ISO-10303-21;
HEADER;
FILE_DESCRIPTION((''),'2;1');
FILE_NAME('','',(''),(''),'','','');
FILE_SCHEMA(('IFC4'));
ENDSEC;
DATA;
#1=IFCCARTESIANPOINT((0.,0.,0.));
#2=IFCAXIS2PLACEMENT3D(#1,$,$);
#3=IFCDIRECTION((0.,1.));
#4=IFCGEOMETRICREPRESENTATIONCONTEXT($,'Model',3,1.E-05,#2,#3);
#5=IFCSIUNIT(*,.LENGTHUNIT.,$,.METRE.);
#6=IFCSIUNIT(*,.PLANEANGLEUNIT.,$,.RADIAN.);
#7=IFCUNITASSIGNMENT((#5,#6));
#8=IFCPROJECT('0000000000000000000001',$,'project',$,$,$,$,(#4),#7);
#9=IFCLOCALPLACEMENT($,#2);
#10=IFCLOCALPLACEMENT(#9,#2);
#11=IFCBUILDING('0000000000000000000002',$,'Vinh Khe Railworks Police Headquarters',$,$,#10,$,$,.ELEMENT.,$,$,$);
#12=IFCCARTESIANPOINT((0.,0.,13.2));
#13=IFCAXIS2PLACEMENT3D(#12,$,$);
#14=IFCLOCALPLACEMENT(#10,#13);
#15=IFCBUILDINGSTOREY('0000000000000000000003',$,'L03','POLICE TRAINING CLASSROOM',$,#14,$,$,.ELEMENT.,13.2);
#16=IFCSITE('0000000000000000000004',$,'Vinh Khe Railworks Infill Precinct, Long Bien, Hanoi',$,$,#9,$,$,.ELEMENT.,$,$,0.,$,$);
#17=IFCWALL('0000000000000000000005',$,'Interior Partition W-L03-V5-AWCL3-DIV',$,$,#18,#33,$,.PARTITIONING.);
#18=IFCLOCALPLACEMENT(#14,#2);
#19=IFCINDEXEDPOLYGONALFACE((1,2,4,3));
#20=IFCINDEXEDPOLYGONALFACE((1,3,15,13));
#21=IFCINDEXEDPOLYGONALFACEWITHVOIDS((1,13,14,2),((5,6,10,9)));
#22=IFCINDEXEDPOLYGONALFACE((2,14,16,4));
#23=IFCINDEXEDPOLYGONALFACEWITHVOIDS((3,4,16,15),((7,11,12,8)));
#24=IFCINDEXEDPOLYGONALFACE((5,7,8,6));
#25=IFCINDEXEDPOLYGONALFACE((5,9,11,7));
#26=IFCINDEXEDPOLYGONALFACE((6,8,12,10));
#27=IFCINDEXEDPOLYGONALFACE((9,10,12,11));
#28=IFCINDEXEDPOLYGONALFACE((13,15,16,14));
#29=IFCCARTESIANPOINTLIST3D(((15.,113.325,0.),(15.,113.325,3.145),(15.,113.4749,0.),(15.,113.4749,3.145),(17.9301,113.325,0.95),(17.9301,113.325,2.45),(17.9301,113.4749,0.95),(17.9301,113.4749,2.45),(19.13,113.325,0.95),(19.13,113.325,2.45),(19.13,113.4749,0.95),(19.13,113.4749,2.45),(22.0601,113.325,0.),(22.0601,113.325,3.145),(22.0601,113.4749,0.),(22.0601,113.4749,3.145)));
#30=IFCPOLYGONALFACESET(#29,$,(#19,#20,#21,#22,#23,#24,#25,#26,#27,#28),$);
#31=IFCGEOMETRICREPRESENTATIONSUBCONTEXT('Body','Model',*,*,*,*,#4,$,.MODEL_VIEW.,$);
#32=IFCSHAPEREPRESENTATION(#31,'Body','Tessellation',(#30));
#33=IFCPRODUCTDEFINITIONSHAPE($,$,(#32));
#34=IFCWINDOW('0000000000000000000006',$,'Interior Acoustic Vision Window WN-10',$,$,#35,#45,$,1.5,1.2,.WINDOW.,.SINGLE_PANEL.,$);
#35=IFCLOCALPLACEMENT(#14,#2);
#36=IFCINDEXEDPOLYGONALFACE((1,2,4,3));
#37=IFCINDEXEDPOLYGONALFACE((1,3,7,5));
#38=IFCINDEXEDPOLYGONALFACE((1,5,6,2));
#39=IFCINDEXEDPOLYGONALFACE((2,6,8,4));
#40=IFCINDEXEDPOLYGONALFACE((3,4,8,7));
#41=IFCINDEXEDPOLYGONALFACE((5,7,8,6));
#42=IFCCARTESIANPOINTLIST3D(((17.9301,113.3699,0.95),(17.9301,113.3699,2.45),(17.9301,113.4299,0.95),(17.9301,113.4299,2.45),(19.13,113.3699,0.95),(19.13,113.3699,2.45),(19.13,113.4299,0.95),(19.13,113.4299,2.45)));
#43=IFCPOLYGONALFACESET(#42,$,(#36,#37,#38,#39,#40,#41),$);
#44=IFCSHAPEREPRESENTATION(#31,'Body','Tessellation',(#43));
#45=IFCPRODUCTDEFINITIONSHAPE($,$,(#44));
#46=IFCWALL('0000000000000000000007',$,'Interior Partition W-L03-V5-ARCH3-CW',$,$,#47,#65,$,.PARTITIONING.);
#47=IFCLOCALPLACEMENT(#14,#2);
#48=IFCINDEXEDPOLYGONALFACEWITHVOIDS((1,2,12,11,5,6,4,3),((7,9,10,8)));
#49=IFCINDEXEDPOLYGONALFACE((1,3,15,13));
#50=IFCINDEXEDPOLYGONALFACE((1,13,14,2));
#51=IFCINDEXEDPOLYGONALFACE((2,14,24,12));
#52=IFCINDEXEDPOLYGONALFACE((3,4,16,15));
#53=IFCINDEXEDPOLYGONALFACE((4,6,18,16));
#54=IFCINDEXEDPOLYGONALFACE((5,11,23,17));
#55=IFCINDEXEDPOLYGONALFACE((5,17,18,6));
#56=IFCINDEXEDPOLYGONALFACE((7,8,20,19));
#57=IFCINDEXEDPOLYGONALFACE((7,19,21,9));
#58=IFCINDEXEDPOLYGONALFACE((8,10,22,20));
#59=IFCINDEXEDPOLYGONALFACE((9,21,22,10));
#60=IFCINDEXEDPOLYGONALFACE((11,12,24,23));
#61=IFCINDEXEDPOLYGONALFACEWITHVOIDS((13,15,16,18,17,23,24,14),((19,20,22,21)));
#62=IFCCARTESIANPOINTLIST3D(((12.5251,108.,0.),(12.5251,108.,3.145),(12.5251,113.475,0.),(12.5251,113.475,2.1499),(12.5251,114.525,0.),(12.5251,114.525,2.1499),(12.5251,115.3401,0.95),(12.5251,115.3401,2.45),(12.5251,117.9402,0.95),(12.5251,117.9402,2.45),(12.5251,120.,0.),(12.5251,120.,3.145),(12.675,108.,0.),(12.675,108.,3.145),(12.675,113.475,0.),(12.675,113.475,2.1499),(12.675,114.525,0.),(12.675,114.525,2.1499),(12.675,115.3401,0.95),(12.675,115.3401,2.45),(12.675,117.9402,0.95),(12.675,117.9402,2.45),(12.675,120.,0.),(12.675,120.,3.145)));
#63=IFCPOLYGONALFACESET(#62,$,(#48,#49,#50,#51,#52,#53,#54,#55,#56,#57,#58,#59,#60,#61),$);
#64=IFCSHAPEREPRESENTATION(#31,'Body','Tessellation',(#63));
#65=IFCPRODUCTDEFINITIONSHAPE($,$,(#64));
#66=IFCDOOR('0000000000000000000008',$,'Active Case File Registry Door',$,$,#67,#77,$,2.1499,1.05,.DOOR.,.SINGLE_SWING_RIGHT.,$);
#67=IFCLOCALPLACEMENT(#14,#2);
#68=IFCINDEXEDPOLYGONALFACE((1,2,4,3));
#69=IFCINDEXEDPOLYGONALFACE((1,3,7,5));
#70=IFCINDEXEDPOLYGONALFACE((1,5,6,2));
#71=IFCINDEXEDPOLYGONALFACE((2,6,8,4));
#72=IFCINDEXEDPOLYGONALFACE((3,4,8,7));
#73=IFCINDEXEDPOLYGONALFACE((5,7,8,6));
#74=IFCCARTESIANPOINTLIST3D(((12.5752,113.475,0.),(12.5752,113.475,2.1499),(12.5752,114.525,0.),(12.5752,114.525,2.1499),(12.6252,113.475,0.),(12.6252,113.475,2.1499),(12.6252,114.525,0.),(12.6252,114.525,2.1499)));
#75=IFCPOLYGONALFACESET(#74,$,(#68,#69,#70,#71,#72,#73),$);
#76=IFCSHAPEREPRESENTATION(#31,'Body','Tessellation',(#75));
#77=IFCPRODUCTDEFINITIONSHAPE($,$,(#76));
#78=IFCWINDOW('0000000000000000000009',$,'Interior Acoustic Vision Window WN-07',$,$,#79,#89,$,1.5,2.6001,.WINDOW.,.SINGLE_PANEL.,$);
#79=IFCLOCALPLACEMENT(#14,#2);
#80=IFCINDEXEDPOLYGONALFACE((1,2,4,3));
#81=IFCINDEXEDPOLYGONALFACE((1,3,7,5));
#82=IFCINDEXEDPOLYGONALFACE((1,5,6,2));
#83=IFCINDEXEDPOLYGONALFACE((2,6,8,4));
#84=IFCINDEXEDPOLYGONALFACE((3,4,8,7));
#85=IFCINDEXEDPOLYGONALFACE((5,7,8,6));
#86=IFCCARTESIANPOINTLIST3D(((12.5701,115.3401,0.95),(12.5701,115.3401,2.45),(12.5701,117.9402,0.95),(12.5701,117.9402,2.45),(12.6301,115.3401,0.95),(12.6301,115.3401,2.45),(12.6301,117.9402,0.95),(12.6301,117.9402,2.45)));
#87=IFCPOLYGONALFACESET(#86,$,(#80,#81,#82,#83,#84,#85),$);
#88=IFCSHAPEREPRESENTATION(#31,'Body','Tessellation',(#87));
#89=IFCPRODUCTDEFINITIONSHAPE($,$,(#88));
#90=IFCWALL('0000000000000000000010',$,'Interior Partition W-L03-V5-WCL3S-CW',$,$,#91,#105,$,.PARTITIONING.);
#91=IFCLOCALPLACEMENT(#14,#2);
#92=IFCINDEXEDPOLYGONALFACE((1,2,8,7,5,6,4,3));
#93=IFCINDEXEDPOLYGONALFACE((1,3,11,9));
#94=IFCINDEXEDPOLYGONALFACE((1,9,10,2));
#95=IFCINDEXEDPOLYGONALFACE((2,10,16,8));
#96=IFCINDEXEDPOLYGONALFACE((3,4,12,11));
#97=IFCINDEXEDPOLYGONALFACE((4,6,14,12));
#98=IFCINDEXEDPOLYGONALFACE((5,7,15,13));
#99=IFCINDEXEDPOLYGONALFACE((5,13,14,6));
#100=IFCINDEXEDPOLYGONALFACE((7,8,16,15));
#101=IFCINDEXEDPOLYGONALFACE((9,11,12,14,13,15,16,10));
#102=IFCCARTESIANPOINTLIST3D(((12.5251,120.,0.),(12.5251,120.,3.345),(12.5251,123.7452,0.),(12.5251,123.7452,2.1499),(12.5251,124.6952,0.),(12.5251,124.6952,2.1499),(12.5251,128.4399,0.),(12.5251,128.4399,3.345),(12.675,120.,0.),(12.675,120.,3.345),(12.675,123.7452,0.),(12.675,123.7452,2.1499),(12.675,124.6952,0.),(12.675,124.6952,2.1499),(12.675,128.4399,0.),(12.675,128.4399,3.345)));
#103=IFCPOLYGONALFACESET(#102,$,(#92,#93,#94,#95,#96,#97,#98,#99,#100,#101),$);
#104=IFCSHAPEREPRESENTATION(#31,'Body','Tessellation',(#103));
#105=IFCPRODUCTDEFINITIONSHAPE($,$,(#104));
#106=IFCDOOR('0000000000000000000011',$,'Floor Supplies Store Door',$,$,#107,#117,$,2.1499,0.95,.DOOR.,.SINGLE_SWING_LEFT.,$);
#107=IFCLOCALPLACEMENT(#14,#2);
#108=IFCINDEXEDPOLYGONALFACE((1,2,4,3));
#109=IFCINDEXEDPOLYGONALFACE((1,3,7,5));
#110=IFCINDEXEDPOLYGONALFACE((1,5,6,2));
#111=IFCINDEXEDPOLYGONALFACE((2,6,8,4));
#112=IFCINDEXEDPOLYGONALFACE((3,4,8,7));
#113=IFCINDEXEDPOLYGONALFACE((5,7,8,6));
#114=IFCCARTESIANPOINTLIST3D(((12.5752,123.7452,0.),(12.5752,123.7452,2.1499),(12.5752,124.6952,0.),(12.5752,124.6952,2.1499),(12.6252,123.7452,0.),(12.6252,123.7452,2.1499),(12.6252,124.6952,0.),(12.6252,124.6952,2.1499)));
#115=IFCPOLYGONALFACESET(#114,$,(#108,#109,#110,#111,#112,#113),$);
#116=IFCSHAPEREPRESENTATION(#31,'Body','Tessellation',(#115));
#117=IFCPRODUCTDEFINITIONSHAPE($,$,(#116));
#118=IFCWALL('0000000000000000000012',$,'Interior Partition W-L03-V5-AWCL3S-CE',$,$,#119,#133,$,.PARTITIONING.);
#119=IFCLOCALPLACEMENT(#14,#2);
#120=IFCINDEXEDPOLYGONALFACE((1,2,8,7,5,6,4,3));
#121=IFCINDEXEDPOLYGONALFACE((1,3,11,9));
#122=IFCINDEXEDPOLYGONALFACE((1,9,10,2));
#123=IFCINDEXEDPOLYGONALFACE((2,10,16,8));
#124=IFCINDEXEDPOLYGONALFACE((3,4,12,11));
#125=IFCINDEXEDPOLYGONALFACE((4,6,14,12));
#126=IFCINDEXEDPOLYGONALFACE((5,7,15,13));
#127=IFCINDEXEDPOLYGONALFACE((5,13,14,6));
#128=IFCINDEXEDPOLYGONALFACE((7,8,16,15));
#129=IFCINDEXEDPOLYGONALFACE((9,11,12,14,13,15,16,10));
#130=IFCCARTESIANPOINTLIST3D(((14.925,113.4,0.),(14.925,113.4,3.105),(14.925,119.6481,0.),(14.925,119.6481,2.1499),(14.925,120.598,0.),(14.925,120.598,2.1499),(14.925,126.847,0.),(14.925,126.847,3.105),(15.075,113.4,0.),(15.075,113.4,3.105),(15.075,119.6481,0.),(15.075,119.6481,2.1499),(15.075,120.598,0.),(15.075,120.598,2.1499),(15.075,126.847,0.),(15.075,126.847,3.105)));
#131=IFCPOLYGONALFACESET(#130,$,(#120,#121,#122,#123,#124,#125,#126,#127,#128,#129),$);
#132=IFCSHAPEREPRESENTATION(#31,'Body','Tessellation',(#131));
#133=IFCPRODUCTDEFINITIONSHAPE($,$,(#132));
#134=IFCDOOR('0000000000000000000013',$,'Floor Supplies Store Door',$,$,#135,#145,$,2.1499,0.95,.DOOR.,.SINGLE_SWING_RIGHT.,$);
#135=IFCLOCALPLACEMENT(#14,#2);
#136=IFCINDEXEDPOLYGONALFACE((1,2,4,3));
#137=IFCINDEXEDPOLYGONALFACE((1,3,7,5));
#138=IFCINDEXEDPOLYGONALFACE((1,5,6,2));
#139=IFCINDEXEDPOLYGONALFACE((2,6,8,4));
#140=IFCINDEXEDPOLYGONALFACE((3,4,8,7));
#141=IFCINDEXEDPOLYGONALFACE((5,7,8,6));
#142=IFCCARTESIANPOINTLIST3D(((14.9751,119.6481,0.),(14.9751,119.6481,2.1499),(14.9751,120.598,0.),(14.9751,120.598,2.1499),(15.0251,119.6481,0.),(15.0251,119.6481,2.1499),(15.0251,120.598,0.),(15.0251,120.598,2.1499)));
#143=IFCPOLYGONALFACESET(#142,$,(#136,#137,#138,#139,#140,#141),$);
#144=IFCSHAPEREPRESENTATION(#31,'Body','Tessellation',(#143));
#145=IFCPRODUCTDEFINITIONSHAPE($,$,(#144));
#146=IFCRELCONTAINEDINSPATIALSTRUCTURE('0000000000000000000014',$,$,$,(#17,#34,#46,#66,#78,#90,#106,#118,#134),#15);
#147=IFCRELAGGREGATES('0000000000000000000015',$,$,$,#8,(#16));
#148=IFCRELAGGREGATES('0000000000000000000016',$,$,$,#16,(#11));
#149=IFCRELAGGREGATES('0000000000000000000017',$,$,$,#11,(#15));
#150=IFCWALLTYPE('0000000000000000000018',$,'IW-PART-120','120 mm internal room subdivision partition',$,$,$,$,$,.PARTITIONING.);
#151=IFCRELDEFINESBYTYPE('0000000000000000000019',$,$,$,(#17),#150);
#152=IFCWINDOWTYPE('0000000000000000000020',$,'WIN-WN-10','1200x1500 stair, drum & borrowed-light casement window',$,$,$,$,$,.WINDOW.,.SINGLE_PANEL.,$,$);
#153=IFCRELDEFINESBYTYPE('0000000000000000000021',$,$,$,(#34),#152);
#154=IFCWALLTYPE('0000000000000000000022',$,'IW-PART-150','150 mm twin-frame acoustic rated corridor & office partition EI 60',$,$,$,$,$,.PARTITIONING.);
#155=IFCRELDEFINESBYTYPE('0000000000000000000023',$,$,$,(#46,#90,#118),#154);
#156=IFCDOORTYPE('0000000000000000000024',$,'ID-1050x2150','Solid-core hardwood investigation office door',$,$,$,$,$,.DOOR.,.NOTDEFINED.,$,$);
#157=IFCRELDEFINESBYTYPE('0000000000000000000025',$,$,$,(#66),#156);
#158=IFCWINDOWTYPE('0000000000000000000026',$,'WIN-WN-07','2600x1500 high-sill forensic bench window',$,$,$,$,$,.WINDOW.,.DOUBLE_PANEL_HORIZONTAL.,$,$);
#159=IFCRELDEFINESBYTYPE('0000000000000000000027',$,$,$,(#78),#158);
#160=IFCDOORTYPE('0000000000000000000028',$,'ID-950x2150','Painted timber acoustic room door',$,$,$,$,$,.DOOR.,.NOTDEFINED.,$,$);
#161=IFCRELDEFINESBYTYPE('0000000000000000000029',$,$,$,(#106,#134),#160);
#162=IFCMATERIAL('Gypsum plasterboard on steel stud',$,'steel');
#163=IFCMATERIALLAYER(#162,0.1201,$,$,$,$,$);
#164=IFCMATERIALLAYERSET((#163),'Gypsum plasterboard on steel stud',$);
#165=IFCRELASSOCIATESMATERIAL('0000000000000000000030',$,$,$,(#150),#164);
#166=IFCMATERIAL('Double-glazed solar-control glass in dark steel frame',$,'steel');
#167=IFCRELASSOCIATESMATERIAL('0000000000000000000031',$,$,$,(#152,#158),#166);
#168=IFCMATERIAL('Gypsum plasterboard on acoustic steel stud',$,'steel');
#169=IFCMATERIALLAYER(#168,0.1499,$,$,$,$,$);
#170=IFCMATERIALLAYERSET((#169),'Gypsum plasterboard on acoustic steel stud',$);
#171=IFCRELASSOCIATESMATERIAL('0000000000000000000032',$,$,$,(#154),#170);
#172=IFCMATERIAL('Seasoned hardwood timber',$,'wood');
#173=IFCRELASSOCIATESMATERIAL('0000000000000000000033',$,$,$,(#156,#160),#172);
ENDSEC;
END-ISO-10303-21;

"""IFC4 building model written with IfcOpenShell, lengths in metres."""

from ifc_helpers import new_model, si_unit, direction, frame, frame_2d, origin, place, context, subcontext, project, spatial, rectangle, extrude, material, layer, layer_set, type_object, element, fill, save


model = new_model("IFC4")

# Units and contexts
model_context = context("Model", 3, precision=1e-05, world=origin(), true_north=direction((0.0, 1.0)))
body_context = subcontext(model_context, "Body", "Model", "MODEL_VIEW")
ifc_project = project(units=[si_unit("LENGTHUNIT", "METRE"), si_unit("PLANEANGLEUNIT", "RADIAN")], contexts=[model_context])

# Site, building, storey
site_placement = place(None, origin())
site = spatial("IfcSite", under=ifc_project, at=site_placement, Name="Vinh Khe Railworks Infill Precinct, Long Bien, Hanoi", CompositionType="ELEMENT", RefElevation=0.0)
building_placement = place(site_placement, origin())
building = spatial("IfcBuilding", under=site, at=building_placement, Name="Vinh Khe Railworks Police Headquarters", CompositionType="ELEMENT")
storey_placement = place(building_placement, frame((0.0, 0.0, 13.2)))
storey = spatial("IfcBuildingStorey", under=building, at=storey_placement, Name="L03", Description="POLICE TRAINING CLASSROOM", CompositionType="ELEMENT", Elevation=13.2)

# Wall, opening, window
ifc_material_1 = material(Name="Gypsum plasterboard on steel stud", Category="steel")
ifc_layer_1 = layer(ifc_material_1, 0.1201)
ifc_layer_set_1 = layer_set([ifc_layer_1], Name="Gypsum plasterboard on steel stud")
wall_type_1 = type_object("IfcWallType", Name="IW-PART-120", Description="120 mm internal room subdivision partition", PredefinedType="PARTITIONING", material=ifc_layer_set_1)
ifc_material_2 = material(Name="Double-glazed solar-control glass in dark steel frame", Category="steel")
window_type_1 = type_object("IfcWindowType", Name="WIN-WN-10", Description="1200x1500 stair, drum & borrowed-light casement window", PartitioningType="SINGLE_PANEL", PredefinedType="WINDOW", material=ifc_material_2)
wall_1_placement = place(storey_placement, frame((15.0, 113.3999, 0.0), z_axis=(0.0, 0.0, 1.0), x_axis=(1.0, 0.0, 0.0)))
wall_1 = element("IfcWall", 1, at=wall_1_placement, inside=storey, type_object=wall_type_1, Name="Interior Partition W-L03-V5-AWCL3-DIV", PredefinedType="PARTITIONING", context=body_context, shape_type="SweptSolid", body=[
    extrude(rectangle(XDim=7.0601, YDim=0.1499, at=frame_2d((3.53, 0.0))), origin(), (0.0, 0.0, 1.0), 3.145),
])
opening_1_placement = place(wall_1_placement, frame((2.9299, 0.0, 0.95)))
opening_1 = element("IfcOpeningElement", 2, at=opening_1_placement, cuts=wall_1, PredefinedType="OPENING", context=body_context, shape_type="SweptSolid", body=[
    extrude(rectangle(XDim=1.2, YDim=1.5, at=frame_2d((0.6001, 0.75))), frame((0.0, 0.0898, 0.0), z_axis=(0.0, -1.0, 0.0), x_axis=(1.0, 0.0, 0.0)), (0.0, 0.0, 1.0), 0.1797),
])
window_1_placement = place(opening_1_placement, origin())
window_1 = element("IfcWindow", 3, at=window_1_placement, inside=storey, type_object=window_type_1, Name="Interior Acoustic Vision Window WN-10", OverallHeight=1.5, OverallWidth=1.2, PartitioningType="SINGLE_PANEL", PredefinedType="WINDOW", context=body_context, shape_type="SweptSolid", body=[
    extrude(rectangle(XDim=1.2, YDim=1.5, at=frame_2d((0.6001, 0.75))), frame((0.0, 0.03, 0.0), z_axis=(0.0, -1.0, 0.0), x_axis=(1.0, 0.0, 0.0)), (0.0, 0.0, 1.0), 0.0601),
])
fill(opening_1, window_1)

# Wall, openings, door, window
ifc_material_3 = material(Name="Gypsum plasterboard on acoustic steel stud", Category="steel")
ifc_layer_2 = layer(ifc_material_3, 0.1499)
ifc_layer_set_2 = layer_set([ifc_layer_2], Name="Gypsum plasterboard on acoustic steel stud")
wall_type_2 = type_object("IfcWallType", Name="IW-PART-150", Description="150 mm twin-frame acoustic rated corridor & office partition EI 60", PredefinedType="PARTITIONING", material=ifc_layer_set_2)
wall_2_placement = place(storey_placement, frame((12.6001, 108.0, 0.0), z_axis=(0.0, 0.0, 1.0), x_axis=(0.0, 1.0, 0.0)))
wall_2 = element("IfcWall", 4, at=wall_2_placement, inside=storey, type_object=wall_type_2, Name="Interior Partition W-L03-V5-ARCH3-CW", PredefinedType="PARTITIONING", context=body_context, shape_type="SweptSolid", body=[
    extrude(rectangle(XDim=12.0, YDim=0.1499, at=frame_2d((6.0, 0.0))), origin(), (0.0, 0.0, 1.0), 3.145),
])
opening_2_placement = place(wall_2_placement, frame((5.4751, 0.0, 0.0)))
opening_2 = element("IfcOpeningElement", 5, at=opening_2_placement, cuts=wall_2, PredefinedType="OPENING", context=body_context, shape_type="SweptSolid", body=[
    extrude(rectangle(XDim=1.05, YDim=2.1499, at=frame_2d((0.5249, 1.075))), frame((0.0, 0.0898, 0.0), z_axis=(0.0, -1.0, 0.0), x_axis=(1.0, 0.0, 0.0)), (0.0, 0.0, 1.0), 0.1797),
])
opening_3_placement = place(wall_2_placement, frame((7.3401, 0.0, 0.95)))
opening_3 = element("IfcOpeningElement", 6, at=opening_3_placement, cuts=wall_2, PredefinedType="OPENING", context=body_context, shape_type="SweptSolid", body=[
    extrude(rectangle(XDim=2.6001, YDim=1.5, at=frame_2d((1.3, 0.75))), frame((0.0, 0.0898, 0.0), z_axis=(0.0, -1.0, 0.0), x_axis=(1.0, 0.0, 0.0)), (0.0, 0.0, 1.0), 0.1797),
])
ifc_material_4 = material(Name="Seasoned hardwood timber", Category="wood")
door_type_1 = type_object("IfcDoorType", Name="ID-1050x2150", Description="Solid-core hardwood investigation office door", OperationType="NOTDEFINED", PredefinedType="DOOR", material=ifc_material_4)
door_1_placement = place(opening_2_placement, origin())
door_1 = element("IfcDoor", 7, at=door_1_placement, inside=storey, type_object=door_type_1, Name="Active Case File Registry Door", OperationType="SINGLE_SWING_RIGHT", OverallHeight=2.1499, OverallWidth=1.05, PredefinedType="DOOR", context=body_context, shape_type="SweptSolid", body=[
    extrude(rectangle(XDim=1.05, YDim=2.1499, at=frame_2d((0.5249, 1.075))), frame((0.0, 0.0249, 0.0), z_axis=(0.0, -1.0, 0.0), x_axis=(1.0, 0.0, 0.0)), (0.0, 0.0, 1.0), 0.05),
])
fill(opening_2, door_1)
window_type_2 = type_object("IfcWindowType", Name="WIN-WN-07", Description="2600x1500 high-sill forensic bench window", PartitioningType="DOUBLE_PANEL_HORIZONTAL", PredefinedType="WINDOW", material=ifc_material_2)
window_2_placement = place(opening_3_placement, origin())
window_2 = element("IfcWindow", 8, at=window_2_placement, inside=storey, type_object=window_type_2, Name="Interior Acoustic Vision Window WN-07", OverallHeight=1.5, OverallWidth=2.6001, PartitioningType="SINGLE_PANEL", PredefinedType="WINDOW", context=body_context, shape_type="SweptSolid", body=[
    extrude(rectangle(XDim=2.6001, YDim=1.5, at=frame_2d((1.3, 0.75))), frame((0.0, 0.03, 0.0), z_axis=(0.0, -1.0, 0.0), x_axis=(1.0, 0.0, 0.0)), (0.0, 0.0, 1.0), 0.0601),
])
fill(opening_3, window_2)

# Walls, openings, doors
wall_3_placement = place(storey_placement, frame((12.6001, 120.0, 0.0), z_axis=(0.0, 0.0, 1.0), x_axis=(0.0, 1.0, 0.0)))
wall_3 = element("IfcWall", 9, at=wall_3_placement, inside=storey, type_object=wall_type_2, Name="Interior Partition W-L03-V5-WCL3S-CW", PredefinedType="PARTITIONING", context=body_context, shape_type="SweptSolid", body=[
    extrude(rectangle(XDim=8.4399, YDim=0.1499, at=frame_2d((4.22, 0.0))), origin(), (0.0, 0.0, 1.0), 3.345),
])
opening_4_placement = place(wall_3_placement, frame((3.7451, 0.0, 0.0)))
opening_4 = element("IfcOpeningElement", 10, at=opening_4_placement, cuts=wall_3, PredefinedType="OPENING", context=body_context, shape_type="SweptSolid", body=[
    extrude(rectangle(XDim=0.95, YDim=2.1499, at=frame_2d((0.4751, 1.075))), frame((0.0, 0.0898, 0.0), z_axis=(0.0, -1.0, 0.0), x_axis=(1.0, 0.0, 0.0)), (0.0, 0.0, 1.0), 0.1797),
])
door_type_2 = type_object("IfcDoorType", Name="ID-950x2150", Description="Painted timber acoustic room door", OperationType="NOTDEFINED", PredefinedType="DOOR", material=ifc_material_4)
door_2_placement = place(opening_4_placement, origin())
door_2 = element("IfcDoor", 11, at=door_2_placement, inside=storey, type_object=door_type_2, Name="Floor Supplies Store Door", OperationType="SINGLE_SWING_LEFT", OverallHeight=2.1499, OverallWidth=0.95, PredefinedType="DOOR", context=body_context, shape_type="SweptSolid", body=[
    extrude(rectangle(XDim=0.95, YDim=2.1499, at=frame_2d((0.4751, 1.075))), frame((0.0, 0.0249, 0.0), z_axis=(0.0, -1.0, 0.0), x_axis=(1.0, 0.0, 0.0)), (0.0, 0.0, 1.0), 0.05),
])
fill(opening_4, door_2)
wall_4_placement = place(storey_placement, frame((15.0, 113.3999, 0.0), z_axis=(0.0, 0.0, 1.0), x_axis=(0.0, 1.0, 0.0)))
wall_4 = element("IfcWall", 12, at=wall_4_placement, inside=storey, type_object=wall_type_2, Name="Interior Partition W-L03-V5-AWCL3S-CE", PredefinedType="PARTITIONING", context=body_context, shape_type="SweptSolid", body=[
    extrude(rectangle(XDim=13.447, YDim=0.1499, at=frame_2d((6.7236, 0.0))), origin(), (0.0, 0.0, 1.0), 3.105),
])
opening_5_placement = place(wall_4_placement, frame((6.248, 0.0, 0.0)))
opening_5 = element("IfcOpeningElement", 13, at=opening_5_placement, cuts=wall_4, PredefinedType="OPENING", context=body_context, shape_type="SweptSolid", body=[
    extrude(rectangle(XDim=0.95, YDim=2.1499, at=frame_2d((0.4751, 1.075))), frame((0.0, 0.0898, 0.0), z_axis=(0.0, -1.0, 0.0), x_axis=(1.0, 0.0, 0.0)), (0.0, 0.0, 1.0), 0.1797),
])
door_3_placement = place(opening_5_placement, origin())
door_3 = element("IfcDoor", 14, at=door_3_placement, inside=storey, type_object=door_type_2, Name="Floor Supplies Store Door", OperationType="SINGLE_SWING_RIGHT", OverallHeight=2.1499, OverallWidth=0.95, PredefinedType="DOOR", context=body_context, shape_type="SweptSolid", body=[
    extrude(rectangle(XDim=0.95, YDim=2.1499, at=frame_2d((0.4751, 1.075))), frame((0.0, 0.0249, 0.0), z_axis=(0.0, -1.0, 0.0), x_axis=(1.0, 0.0, 0.0)), (0.0, 0.0, 1.0), 0.05),
])
fill(opening_5, door_3)

save(model, "model.ifc")
